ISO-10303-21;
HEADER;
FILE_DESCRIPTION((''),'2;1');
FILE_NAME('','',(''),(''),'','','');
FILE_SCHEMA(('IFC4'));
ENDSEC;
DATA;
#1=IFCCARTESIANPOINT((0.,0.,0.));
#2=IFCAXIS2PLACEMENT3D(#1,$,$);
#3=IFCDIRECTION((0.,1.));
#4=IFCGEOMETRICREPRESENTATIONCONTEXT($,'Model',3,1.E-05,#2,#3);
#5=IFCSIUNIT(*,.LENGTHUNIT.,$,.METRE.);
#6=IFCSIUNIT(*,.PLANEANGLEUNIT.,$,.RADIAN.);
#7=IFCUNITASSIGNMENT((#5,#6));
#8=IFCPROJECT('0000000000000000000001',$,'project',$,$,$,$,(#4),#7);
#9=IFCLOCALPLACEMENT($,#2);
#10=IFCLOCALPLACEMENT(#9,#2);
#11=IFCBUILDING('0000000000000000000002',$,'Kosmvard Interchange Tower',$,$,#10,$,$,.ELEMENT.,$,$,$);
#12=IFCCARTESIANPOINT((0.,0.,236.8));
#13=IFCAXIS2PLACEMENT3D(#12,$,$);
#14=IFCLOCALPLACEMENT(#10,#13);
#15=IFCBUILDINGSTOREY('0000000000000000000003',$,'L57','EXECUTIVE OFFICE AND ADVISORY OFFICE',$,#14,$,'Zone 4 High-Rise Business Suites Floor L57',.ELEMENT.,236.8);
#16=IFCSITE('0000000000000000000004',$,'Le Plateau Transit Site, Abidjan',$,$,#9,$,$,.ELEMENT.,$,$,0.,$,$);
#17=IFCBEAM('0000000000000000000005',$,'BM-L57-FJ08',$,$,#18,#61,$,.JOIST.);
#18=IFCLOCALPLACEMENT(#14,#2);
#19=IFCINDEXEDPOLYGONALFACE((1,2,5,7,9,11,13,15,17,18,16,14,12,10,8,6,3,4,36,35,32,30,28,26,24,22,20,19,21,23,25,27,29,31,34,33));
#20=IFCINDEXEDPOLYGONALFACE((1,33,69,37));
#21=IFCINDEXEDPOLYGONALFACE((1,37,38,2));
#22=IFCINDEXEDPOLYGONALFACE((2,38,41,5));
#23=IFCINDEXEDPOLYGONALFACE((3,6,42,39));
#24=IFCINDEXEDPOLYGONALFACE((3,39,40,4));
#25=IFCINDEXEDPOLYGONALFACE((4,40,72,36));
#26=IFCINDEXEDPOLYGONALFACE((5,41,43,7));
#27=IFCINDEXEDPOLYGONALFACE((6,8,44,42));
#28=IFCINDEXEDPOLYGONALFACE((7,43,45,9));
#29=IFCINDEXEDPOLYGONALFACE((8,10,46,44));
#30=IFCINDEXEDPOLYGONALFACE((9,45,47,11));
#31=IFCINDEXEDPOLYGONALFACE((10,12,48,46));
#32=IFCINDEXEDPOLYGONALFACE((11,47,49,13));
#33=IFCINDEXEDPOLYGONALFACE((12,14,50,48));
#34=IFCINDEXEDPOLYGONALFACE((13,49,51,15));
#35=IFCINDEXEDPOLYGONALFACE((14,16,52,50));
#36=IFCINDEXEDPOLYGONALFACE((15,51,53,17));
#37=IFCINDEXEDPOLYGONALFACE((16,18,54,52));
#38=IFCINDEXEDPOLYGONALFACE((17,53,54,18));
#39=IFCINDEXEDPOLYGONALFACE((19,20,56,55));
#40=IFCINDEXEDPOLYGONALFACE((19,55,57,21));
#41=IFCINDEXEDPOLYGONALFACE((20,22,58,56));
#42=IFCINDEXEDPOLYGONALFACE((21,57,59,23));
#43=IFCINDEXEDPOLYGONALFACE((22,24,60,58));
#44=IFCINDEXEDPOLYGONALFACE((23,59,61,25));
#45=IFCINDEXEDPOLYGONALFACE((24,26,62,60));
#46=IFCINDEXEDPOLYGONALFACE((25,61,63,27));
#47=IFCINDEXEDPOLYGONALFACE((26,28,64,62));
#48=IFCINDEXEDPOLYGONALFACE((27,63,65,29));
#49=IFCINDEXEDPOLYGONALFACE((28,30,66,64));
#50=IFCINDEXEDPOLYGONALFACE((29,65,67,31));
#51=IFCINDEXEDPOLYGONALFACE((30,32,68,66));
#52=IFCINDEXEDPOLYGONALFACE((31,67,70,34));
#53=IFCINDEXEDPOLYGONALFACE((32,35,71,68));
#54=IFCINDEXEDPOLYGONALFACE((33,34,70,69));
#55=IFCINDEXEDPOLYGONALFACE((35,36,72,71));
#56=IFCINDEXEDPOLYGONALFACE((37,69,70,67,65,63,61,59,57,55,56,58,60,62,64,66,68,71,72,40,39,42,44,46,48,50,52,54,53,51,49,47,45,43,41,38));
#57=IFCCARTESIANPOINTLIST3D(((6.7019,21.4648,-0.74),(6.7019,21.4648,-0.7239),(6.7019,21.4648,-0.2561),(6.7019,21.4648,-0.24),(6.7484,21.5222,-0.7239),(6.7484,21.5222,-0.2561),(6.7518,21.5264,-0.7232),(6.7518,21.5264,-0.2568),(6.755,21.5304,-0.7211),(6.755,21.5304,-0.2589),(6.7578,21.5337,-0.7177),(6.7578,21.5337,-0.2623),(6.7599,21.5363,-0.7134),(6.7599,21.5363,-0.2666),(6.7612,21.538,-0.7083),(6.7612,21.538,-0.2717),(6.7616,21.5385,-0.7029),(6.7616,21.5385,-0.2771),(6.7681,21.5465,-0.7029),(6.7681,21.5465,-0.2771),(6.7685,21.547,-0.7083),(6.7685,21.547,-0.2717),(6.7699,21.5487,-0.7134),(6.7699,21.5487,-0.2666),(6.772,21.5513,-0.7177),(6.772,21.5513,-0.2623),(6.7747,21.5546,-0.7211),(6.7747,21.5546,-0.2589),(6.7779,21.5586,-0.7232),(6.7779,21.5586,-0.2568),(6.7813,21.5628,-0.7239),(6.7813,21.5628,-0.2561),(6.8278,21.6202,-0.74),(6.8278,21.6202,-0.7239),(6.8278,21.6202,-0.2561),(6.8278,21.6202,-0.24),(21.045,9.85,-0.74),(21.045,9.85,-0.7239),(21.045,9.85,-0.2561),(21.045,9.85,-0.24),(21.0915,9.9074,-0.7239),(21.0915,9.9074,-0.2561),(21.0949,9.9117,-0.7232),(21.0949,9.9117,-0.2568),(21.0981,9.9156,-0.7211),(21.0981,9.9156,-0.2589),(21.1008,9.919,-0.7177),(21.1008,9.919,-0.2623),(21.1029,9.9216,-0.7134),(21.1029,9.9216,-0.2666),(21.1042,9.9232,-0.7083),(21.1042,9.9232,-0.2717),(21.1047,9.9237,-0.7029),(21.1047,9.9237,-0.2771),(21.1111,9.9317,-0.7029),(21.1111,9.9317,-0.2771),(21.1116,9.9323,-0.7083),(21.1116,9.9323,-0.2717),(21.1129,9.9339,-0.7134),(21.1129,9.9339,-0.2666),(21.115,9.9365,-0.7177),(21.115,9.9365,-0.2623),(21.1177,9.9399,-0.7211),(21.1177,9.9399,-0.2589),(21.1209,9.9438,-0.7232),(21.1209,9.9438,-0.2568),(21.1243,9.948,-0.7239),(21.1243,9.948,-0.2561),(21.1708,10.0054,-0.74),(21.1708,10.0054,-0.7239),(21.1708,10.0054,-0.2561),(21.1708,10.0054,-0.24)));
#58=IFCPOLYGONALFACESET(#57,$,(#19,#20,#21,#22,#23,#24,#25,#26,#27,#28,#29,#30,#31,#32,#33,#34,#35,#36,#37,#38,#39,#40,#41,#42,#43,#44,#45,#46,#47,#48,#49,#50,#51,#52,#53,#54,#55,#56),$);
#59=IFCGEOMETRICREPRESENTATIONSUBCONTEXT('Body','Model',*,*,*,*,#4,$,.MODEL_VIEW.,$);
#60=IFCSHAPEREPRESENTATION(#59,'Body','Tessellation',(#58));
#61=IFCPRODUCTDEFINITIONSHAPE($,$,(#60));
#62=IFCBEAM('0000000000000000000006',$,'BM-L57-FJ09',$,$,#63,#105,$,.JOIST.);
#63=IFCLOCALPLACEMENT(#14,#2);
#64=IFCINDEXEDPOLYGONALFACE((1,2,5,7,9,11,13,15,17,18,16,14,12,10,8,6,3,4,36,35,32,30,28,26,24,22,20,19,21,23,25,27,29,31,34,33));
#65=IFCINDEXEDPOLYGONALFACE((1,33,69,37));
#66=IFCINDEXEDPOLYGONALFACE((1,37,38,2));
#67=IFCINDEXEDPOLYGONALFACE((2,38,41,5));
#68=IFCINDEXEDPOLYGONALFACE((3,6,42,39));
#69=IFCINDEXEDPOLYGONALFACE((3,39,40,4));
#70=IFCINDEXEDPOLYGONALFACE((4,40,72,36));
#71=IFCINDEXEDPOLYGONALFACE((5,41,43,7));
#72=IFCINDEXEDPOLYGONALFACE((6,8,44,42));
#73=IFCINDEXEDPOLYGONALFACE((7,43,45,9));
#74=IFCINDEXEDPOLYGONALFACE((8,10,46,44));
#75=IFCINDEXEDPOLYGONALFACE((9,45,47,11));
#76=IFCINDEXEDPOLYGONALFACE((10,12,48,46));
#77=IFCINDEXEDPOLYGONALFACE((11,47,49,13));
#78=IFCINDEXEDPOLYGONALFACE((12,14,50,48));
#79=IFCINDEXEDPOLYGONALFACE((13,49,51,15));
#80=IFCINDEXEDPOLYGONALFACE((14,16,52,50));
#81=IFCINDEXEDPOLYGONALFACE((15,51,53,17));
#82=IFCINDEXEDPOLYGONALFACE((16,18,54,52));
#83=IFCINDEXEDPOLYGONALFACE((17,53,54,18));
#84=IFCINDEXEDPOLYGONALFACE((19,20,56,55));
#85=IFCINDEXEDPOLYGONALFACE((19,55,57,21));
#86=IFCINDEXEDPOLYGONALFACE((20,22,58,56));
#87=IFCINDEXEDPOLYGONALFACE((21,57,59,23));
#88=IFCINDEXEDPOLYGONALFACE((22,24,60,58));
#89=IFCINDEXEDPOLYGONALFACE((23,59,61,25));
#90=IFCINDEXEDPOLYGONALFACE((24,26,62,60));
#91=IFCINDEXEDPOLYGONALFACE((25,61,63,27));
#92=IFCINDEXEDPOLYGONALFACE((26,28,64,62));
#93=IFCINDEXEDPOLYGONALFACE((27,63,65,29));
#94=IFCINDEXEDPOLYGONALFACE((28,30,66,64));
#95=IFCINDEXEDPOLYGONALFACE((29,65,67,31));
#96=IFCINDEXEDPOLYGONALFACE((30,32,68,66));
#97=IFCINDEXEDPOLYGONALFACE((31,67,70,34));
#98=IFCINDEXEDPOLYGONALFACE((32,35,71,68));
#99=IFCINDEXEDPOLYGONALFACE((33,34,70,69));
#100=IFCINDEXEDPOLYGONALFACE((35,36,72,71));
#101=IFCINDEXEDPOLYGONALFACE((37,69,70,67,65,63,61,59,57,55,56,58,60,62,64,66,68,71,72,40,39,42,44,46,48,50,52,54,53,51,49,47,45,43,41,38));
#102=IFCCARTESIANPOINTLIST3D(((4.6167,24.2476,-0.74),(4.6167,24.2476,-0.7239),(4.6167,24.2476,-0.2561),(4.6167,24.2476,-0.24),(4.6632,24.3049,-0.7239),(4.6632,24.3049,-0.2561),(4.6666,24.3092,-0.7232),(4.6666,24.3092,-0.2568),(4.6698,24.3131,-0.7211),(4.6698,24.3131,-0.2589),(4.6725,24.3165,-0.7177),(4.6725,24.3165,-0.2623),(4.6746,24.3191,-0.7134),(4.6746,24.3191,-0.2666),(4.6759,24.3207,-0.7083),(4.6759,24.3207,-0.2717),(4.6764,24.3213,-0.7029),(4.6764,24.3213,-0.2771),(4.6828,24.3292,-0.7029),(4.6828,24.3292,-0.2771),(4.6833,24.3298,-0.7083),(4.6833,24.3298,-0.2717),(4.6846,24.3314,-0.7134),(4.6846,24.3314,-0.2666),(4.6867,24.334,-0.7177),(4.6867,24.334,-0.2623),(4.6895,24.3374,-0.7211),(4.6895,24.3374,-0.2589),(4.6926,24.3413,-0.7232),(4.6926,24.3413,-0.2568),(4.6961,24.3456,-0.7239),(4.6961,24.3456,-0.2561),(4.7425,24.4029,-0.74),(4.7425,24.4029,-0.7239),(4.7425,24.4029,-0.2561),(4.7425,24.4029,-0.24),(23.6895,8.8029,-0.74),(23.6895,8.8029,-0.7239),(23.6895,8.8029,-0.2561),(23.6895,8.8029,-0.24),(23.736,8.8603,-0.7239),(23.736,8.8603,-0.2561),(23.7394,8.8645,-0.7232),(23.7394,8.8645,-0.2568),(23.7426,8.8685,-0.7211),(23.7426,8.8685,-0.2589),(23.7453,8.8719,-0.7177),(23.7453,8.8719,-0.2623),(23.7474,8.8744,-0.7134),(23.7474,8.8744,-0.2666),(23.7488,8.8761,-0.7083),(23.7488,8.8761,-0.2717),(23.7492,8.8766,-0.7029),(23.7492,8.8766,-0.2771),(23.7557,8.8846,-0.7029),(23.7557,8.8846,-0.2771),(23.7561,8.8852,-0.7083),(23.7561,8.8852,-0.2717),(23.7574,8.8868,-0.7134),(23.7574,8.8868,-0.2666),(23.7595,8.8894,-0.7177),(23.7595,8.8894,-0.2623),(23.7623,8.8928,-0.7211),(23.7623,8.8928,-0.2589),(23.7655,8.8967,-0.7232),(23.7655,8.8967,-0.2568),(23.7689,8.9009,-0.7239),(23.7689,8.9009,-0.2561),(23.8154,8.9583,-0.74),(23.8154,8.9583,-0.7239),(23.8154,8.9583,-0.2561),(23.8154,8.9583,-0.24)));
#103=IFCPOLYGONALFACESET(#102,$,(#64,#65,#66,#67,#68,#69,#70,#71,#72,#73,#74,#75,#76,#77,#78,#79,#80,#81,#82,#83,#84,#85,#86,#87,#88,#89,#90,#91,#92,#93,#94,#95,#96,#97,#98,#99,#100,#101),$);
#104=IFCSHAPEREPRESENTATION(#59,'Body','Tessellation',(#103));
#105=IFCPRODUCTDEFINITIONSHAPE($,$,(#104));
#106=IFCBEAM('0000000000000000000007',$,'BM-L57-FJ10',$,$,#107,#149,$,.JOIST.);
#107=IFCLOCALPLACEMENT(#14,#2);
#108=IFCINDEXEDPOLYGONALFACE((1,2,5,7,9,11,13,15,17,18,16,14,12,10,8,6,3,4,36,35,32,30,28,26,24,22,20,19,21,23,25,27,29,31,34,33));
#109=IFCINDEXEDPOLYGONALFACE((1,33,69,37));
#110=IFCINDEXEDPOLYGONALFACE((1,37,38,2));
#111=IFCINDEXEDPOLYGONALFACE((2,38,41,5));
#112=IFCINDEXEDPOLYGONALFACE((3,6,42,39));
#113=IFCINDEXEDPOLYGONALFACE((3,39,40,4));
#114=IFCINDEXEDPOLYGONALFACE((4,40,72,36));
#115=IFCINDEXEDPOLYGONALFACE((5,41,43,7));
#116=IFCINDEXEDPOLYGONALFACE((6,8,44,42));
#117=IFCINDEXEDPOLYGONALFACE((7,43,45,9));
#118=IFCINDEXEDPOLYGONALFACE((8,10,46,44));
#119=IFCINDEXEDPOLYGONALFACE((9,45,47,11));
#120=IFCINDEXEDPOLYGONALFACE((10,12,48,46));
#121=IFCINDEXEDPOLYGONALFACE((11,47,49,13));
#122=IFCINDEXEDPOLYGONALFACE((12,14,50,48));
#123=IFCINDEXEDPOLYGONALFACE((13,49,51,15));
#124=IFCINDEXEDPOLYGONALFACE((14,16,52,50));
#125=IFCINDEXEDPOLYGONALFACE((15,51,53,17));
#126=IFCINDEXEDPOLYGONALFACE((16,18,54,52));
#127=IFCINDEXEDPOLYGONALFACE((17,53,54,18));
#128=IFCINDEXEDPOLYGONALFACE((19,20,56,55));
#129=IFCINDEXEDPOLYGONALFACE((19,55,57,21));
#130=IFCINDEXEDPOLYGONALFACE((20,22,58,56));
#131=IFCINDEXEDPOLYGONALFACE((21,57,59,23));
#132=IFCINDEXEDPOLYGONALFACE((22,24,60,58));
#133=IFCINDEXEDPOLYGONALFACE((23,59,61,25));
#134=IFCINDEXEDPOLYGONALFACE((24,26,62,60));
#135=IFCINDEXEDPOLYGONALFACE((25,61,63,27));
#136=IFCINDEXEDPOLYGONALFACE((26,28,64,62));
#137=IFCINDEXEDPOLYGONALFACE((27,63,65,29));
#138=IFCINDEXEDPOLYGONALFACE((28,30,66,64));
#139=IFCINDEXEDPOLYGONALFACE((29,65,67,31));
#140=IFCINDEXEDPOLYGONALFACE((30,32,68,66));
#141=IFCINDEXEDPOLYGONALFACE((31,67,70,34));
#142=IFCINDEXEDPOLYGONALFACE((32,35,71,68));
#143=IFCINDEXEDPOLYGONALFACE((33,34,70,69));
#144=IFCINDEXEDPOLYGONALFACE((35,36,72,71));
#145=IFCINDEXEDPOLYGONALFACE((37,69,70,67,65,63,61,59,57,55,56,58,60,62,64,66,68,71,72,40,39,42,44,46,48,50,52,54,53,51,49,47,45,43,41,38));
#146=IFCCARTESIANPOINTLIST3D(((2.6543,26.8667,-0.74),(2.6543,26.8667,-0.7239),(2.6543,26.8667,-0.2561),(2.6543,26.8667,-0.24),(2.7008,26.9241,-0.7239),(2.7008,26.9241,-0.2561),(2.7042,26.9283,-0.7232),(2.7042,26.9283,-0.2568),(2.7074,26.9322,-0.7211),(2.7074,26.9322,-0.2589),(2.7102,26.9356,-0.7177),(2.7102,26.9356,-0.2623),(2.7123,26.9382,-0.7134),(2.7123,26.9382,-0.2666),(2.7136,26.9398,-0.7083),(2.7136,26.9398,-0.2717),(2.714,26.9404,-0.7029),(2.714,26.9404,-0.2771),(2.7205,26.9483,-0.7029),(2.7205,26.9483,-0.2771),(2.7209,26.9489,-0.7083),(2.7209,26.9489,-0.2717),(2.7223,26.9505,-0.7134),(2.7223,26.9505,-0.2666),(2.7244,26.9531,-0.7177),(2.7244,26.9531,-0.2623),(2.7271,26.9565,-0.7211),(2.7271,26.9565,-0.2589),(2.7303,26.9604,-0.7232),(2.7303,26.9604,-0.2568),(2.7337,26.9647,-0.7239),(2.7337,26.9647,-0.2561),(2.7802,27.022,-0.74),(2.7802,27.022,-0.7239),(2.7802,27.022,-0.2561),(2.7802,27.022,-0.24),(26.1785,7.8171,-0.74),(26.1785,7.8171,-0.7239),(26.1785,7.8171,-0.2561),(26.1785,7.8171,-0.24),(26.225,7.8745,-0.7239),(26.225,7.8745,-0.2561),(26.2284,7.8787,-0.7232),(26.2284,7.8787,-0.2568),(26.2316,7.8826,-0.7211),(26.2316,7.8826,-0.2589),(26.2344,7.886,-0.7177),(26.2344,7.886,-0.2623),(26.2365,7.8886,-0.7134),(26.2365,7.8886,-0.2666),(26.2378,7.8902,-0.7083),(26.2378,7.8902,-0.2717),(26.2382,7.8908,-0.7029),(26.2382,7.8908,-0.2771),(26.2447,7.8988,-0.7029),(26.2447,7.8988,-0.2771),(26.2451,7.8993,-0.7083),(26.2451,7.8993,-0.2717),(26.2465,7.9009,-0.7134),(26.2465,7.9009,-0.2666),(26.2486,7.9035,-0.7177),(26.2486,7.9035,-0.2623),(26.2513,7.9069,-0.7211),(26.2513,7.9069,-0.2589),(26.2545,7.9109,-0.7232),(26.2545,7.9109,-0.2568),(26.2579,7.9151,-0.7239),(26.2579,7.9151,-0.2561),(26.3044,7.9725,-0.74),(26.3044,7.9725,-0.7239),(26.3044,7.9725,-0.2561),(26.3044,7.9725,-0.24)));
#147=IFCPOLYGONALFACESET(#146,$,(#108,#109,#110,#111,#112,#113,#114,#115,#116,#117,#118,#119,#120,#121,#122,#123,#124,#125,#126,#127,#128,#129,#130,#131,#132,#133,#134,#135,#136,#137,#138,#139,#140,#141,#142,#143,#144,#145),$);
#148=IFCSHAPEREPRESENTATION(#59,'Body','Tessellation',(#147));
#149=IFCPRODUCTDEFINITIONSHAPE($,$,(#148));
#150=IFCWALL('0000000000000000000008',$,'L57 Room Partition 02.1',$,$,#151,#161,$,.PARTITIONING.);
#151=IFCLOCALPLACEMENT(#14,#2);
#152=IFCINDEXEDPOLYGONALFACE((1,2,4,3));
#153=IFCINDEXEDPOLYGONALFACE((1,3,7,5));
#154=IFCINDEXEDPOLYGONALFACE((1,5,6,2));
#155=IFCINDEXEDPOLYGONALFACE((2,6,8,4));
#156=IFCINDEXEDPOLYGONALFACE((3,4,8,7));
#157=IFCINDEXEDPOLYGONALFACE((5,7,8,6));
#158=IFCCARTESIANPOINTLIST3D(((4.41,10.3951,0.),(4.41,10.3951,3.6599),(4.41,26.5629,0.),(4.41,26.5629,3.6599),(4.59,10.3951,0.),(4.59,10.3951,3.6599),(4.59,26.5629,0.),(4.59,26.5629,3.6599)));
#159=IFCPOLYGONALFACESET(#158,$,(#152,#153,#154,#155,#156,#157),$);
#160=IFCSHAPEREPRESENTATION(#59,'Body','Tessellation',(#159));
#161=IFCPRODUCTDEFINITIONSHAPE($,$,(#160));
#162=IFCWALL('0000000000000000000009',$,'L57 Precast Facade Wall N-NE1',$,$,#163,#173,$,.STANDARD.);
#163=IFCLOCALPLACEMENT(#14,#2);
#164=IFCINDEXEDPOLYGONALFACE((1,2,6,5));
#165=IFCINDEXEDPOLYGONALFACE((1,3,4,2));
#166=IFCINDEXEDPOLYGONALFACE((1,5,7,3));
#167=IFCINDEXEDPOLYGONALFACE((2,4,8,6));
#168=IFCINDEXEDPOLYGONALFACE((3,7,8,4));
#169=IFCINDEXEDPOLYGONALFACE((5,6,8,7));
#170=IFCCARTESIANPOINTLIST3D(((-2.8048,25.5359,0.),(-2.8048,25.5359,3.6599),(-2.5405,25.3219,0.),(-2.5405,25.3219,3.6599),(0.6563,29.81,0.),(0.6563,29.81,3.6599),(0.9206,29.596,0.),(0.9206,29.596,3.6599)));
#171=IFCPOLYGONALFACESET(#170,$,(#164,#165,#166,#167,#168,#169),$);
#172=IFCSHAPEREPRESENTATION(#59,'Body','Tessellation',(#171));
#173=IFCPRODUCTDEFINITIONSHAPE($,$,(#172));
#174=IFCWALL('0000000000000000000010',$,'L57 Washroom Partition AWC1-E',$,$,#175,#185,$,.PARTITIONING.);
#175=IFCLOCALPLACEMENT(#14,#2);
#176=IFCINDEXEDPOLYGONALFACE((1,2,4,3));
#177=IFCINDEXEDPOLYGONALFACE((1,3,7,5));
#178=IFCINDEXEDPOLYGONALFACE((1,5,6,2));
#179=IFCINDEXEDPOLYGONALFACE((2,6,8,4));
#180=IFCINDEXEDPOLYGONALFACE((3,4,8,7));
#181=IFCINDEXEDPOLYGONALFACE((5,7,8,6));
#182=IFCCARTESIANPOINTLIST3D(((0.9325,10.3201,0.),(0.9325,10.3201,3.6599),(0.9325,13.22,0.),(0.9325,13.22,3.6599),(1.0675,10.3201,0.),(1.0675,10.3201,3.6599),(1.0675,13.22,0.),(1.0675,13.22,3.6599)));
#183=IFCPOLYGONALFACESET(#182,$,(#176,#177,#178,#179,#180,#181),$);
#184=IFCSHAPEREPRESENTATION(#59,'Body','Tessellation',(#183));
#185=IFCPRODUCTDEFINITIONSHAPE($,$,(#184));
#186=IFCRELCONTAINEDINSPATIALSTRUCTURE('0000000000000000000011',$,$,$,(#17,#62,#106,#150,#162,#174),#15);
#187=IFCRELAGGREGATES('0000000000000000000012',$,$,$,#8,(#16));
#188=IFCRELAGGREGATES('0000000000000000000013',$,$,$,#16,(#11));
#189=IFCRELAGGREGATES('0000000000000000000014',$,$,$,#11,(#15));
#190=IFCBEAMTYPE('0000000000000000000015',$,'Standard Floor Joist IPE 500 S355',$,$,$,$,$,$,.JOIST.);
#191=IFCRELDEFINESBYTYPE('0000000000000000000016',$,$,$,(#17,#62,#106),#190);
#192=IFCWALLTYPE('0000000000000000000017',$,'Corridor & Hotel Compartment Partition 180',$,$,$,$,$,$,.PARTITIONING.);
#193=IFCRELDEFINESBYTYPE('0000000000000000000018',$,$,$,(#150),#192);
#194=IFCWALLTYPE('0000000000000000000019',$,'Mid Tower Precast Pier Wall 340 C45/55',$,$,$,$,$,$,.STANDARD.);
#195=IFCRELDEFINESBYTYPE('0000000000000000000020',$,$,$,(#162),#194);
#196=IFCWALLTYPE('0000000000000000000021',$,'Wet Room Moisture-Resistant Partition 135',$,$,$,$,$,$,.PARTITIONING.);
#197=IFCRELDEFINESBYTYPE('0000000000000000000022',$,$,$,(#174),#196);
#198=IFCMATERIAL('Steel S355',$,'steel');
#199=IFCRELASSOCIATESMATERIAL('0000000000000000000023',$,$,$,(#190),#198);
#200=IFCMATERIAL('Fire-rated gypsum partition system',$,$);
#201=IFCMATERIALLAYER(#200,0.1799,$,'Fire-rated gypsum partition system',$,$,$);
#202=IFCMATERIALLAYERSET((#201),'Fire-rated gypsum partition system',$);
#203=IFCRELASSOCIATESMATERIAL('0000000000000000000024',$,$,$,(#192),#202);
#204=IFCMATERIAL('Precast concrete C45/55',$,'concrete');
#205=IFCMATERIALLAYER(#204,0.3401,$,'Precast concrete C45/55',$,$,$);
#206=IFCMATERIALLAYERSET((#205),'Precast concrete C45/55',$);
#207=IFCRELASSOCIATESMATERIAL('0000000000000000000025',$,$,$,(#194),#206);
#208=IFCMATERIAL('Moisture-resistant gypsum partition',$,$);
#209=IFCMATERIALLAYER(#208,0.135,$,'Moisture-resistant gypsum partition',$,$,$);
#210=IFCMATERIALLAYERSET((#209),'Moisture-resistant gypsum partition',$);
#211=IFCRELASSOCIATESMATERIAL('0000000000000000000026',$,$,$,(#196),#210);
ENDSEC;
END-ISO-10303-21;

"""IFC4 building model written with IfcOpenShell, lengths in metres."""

from ifc_helpers import new_model, si_unit, direction, frame, frame_2d, origin, origin_2d, place, context, subcontext, project, spatial, rectangle, i_section, extrude, source, transform, mapped, material, layer, layer_set, material_profile, profile_set, type_object, element, save


model = new_model("IFC4")

# Units and contexts
model_context = context("Model", 3, precision=1e-05, world=origin(), true_north=direction((0.0, 1.0)))
body_context = subcontext(model_context, "Body", "Model", "MODEL_VIEW")
ifc_project = project(units=[si_unit("LENGTHUNIT", "METRE"), si_unit("PLANEANGLEUNIT", "RADIAN")], contexts=[model_context])

# Site, building, storey
site_placement = place(None, origin())
site = spatial("IfcSite", under=ifc_project, at=site_placement, Name="Le Plateau Transit Site, Abidjan", CompositionType="ELEMENT", RefElevation=0.0)
building_placement = place(site_placement, origin())
building = spatial("IfcBuilding", under=site, at=building_placement, Name="Kosmvard Interchange Tower", CompositionType="ELEMENT")
storey_placement = place(building_placement, frame((0.0, 0.0, 236.8)))
storey = spatial("IfcBuildingStorey", under=building, at=storey_placement, Name="L57", Description="EXECUTIVE OFFICE AND ADVISORY OFFICE", LongName="Zone 4 High-Rise Business Suites Floor L57", CompositionType="ELEMENT", Elevation=236.8)

# Beams
ifc_material_1 = material(Name="Steel S355", Category="steel")
ifc_material_2 = material(Name="Precast concrete C45/55", Category="concrete")
ifc_material_profile_1 = material_profile(ifc_material_1, i_section(OverallWidth=0.2, OverallDepth=0.5, WebThickness=0.0103, FlangeThickness=0.0161, FilletRadius=0.021, at=origin_2d()), Name="IPE 500")
ifc_profile_set_1 = profile_set([ifc_material_profile_1], Name="Steel S355")
beam_type_1 = type_object("IfcBeamType", Name="Standard Floor Joist IPE 500 S355", PredefinedType="JOIST", material=ifc_profile_set_1)
shared_shape_1 = source(origin(), body_context, "Body", "SweptSolid", [
    extrude(i_section(OverallWidth=0.2, OverallDepth=0.5, WebThickness=0.0103, FlangeThickness=0.0161, FilletRadius=0.021, at=origin_2d()), origin(), (0.0, 0.0, 1.0), 18.4561),
])
beam_1_placement = place(storey_placement, frame((21.1079, 9.9277, -0.49), z_axis=(-0.777146, 0.62932, 0.0), x_axis=(-0.62932, -0.777146, 0.0)))
element("IfcBeam", 1, at=beam_1_placement, inside=storey, type_object=beam_type_1, Name="BM-L57-FJ08", PredefinedType="JOIST", context=body_context, shape_type="MappedRepresentation", body=[
    mapped(shared_shape_1, transform((0.0, 0.0, 0.0), scale=1.0)),
])
shared_shape_2 = source(origin(), body_context, "Body", "SweptSolid", [
    extrude(i_section(OverallWidth=0.2, OverallDepth=0.5, WebThickness=0.0103, FlangeThickness=0.0161, FilletRadius=0.021, at=origin_2d()), origin(), (0.0, 0.0, 1.0), 24.542),
])
beam_2_placement = place(storey_placement, frame((23.7524, 8.8806, -0.49), z_axis=(-0.777151, 0.629315, 0.0), x_axis=(-0.629315, -0.777151, 0.0)))
element("IfcBeam", 2, at=beam_2_placement, inside=storey, type_object=beam_type_1, Name="BM-L57-FJ09", PredefinedType="JOIST", context=body_context, shape_type="MappedRepresentation", body=[
    mapped(shared_shape_2, transform((0.0, 0.0, 0.0), scale=1.0)),
])
shared_shape_3 = source(origin(), body_context, "Body", "SweptSolid", [
    extrude(i_section(OverallWidth=0.2, OverallDepth=0.5, WebThickness=0.0103, FlangeThickness=0.0161, FilletRadius=0.021, at=origin_2d()), origin(), (0.0, 0.0, 1.0), 30.27),
])
beam_3_placement = place(storey_placement, frame((26.2415, 7.8948, -0.49), z_axis=(-0.777145, 0.629322, 0.0), x_axis=(-0.629322, -0.777145, 0.0)))
element("IfcBeam", 3, at=beam_3_placement, inside=storey, type_object=beam_type_1, Name="BM-L57-FJ10", PredefinedType="JOIST", context=body_context, shape_type="MappedRepresentation", body=[
    mapped(shared_shape_3, transform((0.0, 0.0, 0.0), scale=1.0)),
])

# Walls
ifc_material_3 = material(Name="Fire-rated gypsum partition system")
ifc_layer_1 = layer(ifc_material_3, 0.1799, Name="Fire-rated gypsum partition system")
ifc_layer_set_1 = layer_set([ifc_layer_1], Name="Fire-rated gypsum partition system")
wall_type_1 = type_object("IfcWallType", Name="Corridor & Hotel Compartment Partition 180", PredefinedType="PARTITIONING", material=ifc_layer_set_1)
wall_1_placement = place(storey_placement, frame((4.5, 10.395, 0.0), z_axis=(0.0, 0.0, 1.0), x_axis=(0.0, 1.0, 0.0)))
element("IfcWall", 4, at=wall_1_placement, inside=storey, type_object=wall_type_1, Name="L57 Room Partition 02.1", PredefinedType="PARTITIONING", context=body_context, shape_type="SweptSolid", body=[
    extrude(rectangle(XDim=16.1677, YDim=0.1799, at=frame_2d((8.084, 0.0))), origin(), (0.0, 0.0, 1.0), 3.6599),
])
ifc_layer_2 = layer(ifc_material_2, 0.3401, Name="Precast concrete C45/55")
ifc_layer_set_2 = layer_set([ifc_layer_2], Name="Precast concrete C45/55")
wall_type_2 = type_object("IfcWallType", Name="Mid Tower Precast Pier Wall 340 C45/55", PredefinedType="STANDARD", material=ifc_layer_set_2)
wall_2_placement = place(storey_placement, frame((0.7886, 29.7031, 0.0), z_axis=(0.0, 0.0, 1.0), x_axis=(-0.629323, -0.777144, 0.0)))
element("IfcWall", 5, at=wall_2_placement, inside=storey, type_object=wall_type_2, Name="L57 Precast Facade Wall N-NE1", PredefinedType="STANDARD", context=body_context, shape_type="SweptSolid", body=[
    extrude(rectangle(XDim=5.4998, YDim=0.3401, at=frame_2d((2.75, 0.0))), origin(), (0.0, 0.0, 1.0), 3.6599),
])
ifc_material_4 = material(Name="Moisture-resistant gypsum partition")
ifc_layer_3 = layer(ifc_material_4, 0.135, Name="Moisture-resistant gypsum partition")
ifc_layer_set_3 = layer_set([ifc_layer_3], Name="Moisture-resistant gypsum partition")
wall_type_3 = type_object("IfcWallType", Name="Wet Room Moisture-Resistant Partition 135", PredefinedType="PARTITIONING", material=ifc_layer_set_3)
wall_3_placement = place(storey_placement, frame((1.0, 10.3201, 0.0), z_axis=(0.0, 0.0, 1.0), x_axis=(0.0, 1.0, 0.0)))
element("IfcWall", 6, at=wall_3_placement, inside=storey, type_object=wall_type_3, Name="L57 Washroom Partition AWC1-E", PredefinedType="PARTITIONING", context=body_context, shape_type="SweptSolid", body=[
    extrude(rectangle(XDim=2.8999, YDim=0.135, at=frame_2d((1.45, 0.0))), origin(), (0.0, 0.0, 1.0), 3.6599),
])

save(model, "model.ifc")
